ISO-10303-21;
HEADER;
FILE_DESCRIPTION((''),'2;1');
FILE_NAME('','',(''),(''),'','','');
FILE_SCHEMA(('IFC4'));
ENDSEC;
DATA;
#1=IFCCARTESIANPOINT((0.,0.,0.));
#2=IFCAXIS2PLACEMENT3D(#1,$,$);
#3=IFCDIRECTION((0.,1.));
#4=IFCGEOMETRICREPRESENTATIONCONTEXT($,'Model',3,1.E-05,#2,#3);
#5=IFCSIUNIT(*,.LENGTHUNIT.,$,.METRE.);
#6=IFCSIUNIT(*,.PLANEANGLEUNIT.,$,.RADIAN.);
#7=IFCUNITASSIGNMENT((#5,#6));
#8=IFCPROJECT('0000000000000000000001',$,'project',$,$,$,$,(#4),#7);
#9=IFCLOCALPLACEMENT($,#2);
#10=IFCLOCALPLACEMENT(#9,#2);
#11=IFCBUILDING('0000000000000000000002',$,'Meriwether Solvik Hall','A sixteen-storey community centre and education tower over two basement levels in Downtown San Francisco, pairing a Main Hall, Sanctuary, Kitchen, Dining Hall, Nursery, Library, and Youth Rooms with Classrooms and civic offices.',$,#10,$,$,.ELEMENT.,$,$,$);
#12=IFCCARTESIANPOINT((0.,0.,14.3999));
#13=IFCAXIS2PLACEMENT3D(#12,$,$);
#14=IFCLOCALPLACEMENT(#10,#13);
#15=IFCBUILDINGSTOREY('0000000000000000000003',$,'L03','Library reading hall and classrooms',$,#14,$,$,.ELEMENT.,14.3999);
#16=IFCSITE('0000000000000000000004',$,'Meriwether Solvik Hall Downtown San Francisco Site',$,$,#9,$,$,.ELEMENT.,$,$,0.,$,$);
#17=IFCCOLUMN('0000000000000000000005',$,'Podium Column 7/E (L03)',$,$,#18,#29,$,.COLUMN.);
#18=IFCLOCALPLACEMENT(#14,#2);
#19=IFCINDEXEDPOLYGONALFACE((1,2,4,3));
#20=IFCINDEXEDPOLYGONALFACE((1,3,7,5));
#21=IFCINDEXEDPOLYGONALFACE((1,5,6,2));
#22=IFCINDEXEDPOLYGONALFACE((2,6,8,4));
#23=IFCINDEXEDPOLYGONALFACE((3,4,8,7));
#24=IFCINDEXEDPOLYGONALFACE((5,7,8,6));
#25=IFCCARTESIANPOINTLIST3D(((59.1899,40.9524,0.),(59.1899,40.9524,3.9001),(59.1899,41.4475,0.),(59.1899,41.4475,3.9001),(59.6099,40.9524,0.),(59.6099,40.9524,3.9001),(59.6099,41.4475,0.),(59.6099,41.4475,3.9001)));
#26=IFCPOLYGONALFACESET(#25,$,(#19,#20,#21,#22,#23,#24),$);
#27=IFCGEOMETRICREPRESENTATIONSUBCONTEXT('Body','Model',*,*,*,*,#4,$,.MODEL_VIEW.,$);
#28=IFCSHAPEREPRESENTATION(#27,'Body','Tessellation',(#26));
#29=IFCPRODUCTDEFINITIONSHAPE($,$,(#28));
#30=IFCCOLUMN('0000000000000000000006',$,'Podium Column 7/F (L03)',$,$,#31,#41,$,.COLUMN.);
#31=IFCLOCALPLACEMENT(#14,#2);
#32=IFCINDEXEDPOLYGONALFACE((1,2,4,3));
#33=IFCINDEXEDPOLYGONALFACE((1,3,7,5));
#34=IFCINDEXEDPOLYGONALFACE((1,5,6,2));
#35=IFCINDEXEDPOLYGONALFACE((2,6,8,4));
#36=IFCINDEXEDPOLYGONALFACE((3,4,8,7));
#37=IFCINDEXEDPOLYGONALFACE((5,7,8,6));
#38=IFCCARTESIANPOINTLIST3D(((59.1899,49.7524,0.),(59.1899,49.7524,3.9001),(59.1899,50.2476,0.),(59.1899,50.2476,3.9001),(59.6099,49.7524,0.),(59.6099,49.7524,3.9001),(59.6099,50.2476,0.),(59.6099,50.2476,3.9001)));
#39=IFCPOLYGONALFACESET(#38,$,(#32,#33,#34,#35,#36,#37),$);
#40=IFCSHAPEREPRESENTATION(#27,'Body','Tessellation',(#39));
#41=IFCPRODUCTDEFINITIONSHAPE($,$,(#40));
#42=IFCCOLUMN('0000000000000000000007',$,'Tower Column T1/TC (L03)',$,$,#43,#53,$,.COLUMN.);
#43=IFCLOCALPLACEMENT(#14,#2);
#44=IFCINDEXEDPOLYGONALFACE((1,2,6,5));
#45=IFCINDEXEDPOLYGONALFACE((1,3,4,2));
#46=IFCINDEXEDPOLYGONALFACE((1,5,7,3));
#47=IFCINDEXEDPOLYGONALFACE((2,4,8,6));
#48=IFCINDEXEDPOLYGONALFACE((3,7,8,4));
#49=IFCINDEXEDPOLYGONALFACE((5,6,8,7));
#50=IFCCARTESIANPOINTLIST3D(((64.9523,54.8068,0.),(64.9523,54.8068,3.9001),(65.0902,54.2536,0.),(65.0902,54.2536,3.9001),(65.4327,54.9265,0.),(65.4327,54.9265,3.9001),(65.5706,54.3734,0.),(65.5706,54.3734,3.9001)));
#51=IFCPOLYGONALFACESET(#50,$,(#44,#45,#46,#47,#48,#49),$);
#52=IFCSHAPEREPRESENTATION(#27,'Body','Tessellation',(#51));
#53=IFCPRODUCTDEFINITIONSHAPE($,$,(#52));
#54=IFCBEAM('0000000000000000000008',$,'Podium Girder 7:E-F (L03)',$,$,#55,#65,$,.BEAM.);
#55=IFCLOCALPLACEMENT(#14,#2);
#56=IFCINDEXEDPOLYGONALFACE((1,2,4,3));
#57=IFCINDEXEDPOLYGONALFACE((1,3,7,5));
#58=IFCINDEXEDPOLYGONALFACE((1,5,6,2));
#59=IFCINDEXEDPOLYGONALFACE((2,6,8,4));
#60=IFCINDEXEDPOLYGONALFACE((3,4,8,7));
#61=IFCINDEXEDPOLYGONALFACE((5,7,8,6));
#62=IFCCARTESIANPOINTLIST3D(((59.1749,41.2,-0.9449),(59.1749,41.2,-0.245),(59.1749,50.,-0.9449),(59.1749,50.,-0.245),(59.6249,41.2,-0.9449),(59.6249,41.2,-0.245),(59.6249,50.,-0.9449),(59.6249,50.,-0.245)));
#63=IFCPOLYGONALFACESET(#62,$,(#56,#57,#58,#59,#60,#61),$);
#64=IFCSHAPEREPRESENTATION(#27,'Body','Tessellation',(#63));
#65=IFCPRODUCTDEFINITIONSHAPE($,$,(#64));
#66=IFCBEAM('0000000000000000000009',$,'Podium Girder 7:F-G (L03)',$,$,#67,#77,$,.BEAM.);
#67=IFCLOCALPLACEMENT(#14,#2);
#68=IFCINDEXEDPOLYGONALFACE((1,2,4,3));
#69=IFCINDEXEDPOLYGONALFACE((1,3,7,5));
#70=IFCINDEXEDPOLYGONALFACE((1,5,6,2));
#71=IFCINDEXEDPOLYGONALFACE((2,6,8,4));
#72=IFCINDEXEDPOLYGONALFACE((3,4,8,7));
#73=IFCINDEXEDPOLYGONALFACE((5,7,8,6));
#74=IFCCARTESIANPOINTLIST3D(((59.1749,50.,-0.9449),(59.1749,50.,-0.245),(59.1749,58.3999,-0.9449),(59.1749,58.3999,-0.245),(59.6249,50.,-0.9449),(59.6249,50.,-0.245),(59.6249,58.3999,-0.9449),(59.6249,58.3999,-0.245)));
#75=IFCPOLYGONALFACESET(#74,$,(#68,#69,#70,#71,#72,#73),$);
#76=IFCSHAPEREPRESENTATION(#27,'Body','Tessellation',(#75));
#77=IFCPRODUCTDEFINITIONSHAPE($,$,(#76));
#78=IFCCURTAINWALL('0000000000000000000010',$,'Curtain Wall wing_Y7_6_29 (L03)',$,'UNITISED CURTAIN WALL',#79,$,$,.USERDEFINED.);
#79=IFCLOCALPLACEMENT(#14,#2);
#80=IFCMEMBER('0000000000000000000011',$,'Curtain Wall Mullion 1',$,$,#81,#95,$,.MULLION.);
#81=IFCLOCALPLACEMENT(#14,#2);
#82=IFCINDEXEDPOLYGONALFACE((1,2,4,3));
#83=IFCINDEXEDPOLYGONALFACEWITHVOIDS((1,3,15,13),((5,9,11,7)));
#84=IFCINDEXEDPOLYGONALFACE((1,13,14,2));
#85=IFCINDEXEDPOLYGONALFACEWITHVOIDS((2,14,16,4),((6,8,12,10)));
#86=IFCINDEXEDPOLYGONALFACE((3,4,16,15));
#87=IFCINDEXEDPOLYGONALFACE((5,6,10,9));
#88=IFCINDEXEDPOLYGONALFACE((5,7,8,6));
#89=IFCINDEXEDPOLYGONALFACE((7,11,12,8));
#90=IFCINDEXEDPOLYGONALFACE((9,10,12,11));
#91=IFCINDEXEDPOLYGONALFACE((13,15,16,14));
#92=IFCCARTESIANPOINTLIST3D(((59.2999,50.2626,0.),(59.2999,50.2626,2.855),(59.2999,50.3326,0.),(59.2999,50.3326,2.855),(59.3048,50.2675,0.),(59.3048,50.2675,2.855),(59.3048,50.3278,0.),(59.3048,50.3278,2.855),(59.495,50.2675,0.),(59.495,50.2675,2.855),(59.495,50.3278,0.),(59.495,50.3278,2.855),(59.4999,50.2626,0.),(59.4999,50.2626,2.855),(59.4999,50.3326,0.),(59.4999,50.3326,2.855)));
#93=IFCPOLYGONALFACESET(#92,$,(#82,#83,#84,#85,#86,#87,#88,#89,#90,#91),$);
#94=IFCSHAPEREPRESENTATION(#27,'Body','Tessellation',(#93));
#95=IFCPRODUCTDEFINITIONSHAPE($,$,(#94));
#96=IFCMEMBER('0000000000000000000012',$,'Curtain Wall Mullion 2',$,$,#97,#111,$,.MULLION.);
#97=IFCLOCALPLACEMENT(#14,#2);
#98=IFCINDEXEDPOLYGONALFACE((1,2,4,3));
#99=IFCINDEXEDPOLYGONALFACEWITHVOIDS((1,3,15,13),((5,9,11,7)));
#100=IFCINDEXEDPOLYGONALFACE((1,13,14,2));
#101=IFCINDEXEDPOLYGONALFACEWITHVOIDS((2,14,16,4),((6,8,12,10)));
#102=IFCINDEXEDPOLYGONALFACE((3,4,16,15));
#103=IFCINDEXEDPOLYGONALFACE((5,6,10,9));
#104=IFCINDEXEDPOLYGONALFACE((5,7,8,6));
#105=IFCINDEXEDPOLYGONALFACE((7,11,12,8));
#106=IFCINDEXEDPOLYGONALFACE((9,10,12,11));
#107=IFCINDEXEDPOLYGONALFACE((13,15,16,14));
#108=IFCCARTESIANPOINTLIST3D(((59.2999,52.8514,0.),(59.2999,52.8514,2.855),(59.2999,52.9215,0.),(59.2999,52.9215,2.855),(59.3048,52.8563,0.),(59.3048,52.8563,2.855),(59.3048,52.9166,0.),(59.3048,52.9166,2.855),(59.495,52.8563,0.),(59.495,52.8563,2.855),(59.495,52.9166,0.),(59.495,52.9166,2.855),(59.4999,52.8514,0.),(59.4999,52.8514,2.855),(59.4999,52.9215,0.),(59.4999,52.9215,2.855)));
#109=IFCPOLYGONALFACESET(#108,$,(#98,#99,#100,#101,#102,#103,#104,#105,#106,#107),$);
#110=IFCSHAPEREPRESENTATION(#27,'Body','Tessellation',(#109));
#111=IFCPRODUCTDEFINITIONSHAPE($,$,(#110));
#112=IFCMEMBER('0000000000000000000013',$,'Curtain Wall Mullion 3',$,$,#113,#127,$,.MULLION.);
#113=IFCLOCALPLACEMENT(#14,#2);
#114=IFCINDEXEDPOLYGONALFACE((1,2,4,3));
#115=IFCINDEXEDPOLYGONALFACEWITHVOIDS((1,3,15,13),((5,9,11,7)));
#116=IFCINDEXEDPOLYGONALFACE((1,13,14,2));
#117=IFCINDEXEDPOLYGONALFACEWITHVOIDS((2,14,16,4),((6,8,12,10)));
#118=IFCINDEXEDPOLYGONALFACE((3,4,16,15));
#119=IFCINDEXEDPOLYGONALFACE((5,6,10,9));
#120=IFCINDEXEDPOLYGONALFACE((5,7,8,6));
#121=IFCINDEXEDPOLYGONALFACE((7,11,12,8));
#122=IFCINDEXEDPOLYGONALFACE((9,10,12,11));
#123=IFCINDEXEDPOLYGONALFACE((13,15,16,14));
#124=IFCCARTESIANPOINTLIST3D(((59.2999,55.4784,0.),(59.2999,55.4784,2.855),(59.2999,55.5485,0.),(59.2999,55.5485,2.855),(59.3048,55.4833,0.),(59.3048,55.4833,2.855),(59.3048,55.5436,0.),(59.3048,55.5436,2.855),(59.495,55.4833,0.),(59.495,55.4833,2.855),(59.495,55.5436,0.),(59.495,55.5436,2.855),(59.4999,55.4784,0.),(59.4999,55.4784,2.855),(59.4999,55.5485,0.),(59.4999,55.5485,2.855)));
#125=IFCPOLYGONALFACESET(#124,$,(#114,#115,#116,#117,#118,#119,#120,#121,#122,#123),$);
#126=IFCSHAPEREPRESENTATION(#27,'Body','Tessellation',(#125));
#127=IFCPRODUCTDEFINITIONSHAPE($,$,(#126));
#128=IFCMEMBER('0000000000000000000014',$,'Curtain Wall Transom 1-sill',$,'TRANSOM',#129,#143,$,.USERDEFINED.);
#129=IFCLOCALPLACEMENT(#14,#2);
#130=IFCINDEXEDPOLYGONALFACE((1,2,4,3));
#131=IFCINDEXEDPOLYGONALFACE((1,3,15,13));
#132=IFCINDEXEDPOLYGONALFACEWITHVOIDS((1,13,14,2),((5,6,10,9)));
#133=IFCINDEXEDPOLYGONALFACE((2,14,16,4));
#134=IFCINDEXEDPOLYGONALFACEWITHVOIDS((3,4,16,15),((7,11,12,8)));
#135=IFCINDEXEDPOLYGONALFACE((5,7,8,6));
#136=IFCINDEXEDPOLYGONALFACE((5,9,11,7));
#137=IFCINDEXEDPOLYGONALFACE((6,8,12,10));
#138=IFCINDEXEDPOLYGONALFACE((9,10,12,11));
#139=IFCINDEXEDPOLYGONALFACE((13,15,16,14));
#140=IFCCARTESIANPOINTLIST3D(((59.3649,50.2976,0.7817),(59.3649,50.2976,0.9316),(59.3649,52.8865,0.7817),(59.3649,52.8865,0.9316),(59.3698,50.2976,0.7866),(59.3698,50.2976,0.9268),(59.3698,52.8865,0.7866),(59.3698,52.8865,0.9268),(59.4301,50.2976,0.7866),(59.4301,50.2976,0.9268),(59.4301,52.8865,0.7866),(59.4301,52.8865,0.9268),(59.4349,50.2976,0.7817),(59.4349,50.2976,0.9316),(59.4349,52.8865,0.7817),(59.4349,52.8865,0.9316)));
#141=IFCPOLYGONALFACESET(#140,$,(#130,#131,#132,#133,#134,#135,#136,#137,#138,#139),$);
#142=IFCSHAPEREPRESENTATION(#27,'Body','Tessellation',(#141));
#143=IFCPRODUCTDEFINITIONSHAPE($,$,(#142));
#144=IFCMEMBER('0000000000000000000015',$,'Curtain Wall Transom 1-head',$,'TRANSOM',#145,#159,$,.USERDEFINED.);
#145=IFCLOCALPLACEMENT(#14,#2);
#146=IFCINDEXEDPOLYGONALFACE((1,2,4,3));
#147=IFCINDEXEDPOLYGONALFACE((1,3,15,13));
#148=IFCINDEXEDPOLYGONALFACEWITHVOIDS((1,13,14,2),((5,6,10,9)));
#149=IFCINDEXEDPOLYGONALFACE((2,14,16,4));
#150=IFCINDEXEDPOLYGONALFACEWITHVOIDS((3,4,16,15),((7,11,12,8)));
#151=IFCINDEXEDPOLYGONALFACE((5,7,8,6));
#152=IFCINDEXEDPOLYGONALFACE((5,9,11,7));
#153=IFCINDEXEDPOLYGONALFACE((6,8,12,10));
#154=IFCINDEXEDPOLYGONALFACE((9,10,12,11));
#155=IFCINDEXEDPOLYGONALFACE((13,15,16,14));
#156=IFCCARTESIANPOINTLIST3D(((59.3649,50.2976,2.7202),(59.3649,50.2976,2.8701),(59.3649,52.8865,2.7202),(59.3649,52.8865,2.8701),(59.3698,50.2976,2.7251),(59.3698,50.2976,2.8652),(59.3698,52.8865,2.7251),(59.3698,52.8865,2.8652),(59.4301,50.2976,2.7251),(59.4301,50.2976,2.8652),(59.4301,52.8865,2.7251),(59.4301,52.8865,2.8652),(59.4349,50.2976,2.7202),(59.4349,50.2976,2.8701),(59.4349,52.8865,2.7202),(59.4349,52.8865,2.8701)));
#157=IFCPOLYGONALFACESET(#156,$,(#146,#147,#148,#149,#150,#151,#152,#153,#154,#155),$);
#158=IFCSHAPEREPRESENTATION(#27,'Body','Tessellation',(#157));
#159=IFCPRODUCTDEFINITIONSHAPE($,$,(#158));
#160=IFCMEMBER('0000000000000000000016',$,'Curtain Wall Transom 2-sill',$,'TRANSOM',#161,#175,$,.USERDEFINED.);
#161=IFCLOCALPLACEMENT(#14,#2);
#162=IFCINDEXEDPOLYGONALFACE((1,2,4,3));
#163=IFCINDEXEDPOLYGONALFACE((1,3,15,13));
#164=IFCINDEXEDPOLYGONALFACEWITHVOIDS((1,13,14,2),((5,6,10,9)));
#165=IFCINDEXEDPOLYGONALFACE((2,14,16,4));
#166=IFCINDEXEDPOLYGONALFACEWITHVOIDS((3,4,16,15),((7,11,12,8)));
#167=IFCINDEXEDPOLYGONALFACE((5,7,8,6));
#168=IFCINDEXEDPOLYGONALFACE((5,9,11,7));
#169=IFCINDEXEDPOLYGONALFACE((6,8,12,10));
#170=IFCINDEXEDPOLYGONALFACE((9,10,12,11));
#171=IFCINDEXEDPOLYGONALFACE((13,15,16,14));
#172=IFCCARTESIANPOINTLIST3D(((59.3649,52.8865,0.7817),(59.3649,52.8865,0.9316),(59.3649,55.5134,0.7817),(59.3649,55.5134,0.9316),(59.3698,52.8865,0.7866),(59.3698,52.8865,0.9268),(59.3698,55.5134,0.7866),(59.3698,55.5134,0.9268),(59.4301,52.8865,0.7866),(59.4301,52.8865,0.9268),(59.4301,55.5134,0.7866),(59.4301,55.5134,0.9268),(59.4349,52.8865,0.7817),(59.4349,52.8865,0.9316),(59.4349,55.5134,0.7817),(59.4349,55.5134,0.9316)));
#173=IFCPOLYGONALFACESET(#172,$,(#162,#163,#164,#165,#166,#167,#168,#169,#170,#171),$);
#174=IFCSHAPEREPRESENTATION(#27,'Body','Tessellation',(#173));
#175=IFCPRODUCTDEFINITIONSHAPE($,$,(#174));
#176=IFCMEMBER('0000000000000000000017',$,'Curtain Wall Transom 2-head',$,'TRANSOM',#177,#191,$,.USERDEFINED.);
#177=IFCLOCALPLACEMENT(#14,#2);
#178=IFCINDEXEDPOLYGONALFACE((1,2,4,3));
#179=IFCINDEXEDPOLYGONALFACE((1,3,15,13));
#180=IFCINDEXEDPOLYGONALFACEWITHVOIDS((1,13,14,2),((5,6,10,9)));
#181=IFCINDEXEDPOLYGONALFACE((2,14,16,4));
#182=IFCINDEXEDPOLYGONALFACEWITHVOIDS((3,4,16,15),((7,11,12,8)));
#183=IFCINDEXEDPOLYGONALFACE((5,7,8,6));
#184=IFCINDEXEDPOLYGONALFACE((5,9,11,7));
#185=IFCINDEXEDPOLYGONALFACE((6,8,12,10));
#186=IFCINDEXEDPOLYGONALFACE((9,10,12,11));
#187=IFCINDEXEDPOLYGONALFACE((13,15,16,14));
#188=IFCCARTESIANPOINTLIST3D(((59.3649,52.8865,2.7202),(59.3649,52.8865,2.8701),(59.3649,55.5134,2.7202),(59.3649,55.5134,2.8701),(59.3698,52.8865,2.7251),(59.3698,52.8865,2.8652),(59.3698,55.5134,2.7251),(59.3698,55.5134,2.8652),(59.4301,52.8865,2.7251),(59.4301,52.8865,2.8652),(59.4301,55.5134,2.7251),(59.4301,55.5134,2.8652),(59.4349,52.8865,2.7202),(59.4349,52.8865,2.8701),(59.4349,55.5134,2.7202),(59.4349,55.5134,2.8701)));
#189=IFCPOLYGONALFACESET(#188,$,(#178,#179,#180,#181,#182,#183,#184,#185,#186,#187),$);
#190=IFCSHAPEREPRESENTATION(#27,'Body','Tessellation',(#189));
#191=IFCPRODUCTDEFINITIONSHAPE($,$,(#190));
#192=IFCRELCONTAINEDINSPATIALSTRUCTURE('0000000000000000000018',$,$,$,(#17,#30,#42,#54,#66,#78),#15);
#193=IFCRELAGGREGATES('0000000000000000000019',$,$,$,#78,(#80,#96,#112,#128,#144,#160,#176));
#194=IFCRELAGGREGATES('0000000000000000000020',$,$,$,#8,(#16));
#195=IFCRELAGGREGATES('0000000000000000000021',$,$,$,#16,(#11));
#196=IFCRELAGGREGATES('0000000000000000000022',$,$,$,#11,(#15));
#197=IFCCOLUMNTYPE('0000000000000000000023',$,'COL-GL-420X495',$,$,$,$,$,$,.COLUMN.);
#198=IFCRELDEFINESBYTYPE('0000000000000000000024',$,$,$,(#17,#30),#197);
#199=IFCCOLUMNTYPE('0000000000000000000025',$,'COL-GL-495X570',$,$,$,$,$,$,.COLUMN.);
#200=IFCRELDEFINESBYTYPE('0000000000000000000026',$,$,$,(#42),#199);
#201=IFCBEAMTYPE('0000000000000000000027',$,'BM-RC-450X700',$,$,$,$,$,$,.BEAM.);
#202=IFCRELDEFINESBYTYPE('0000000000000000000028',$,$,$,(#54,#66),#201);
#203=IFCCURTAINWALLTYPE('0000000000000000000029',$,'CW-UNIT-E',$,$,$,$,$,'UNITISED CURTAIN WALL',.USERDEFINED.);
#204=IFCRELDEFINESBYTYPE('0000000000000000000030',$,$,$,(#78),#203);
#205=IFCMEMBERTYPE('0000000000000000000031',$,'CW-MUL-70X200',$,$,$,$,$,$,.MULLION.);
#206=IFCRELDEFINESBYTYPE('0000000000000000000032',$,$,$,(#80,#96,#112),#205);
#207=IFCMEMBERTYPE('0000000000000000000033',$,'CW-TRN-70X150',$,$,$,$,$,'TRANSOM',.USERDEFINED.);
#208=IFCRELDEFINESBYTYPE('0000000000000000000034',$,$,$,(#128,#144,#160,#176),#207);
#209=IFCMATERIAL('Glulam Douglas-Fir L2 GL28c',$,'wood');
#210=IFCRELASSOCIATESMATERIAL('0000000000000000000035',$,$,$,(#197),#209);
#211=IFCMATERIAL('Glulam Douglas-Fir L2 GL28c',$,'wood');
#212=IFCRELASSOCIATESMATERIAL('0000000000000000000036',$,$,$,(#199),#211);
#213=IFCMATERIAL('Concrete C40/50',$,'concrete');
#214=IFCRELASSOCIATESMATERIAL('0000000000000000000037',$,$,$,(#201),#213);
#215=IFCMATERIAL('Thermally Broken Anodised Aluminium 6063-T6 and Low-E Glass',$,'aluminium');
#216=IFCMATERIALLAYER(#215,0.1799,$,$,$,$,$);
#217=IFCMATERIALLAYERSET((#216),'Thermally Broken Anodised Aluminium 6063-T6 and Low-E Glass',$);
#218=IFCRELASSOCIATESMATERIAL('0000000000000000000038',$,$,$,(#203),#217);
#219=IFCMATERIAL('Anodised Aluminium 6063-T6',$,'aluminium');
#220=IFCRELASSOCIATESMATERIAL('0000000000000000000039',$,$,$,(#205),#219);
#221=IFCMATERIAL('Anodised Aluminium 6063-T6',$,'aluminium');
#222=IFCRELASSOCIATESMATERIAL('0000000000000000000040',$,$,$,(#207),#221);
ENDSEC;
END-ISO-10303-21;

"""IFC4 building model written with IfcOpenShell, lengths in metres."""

from ifc_helpers import new_model, si_unit, direction, frame, origin, origin_2d, place, context, subcontext, project, spatial, rectangle, hollow_rectangle, extrude, material, layer, layer_set, material_profile, profile_set, type_object, element, aggregate, save


model = new_model("IFC4")

# Units and contexts
model_context = context("Model", 3, precision=1e-05, world=origin(), true_north=direction((0.0, 1.0)))
body_context = subcontext(model_context, "Body", "Model", "MODEL_VIEW")
ifc_project = project(units=[si_unit("LENGTHUNIT", "METRE"), si_unit("PLANEANGLEUNIT", "RADIAN")], contexts=[model_context])

# Site, building, storey
site_placement = place(None, origin())
site = spatial("IfcSite", under=ifc_project, at=site_placement, Name="Meriwether Solvik Hall Downtown San Francisco Site", CompositionType="ELEMENT", RefElevation=0.0)
building_placement = place(site_placement, origin())
building = spatial("IfcBuilding", under=site, at=building_placement, Name="Meriwether Solvik Hall", Description="A sixteen-storey community centre and education tower over two basement levels in Downtown San Francisco, pairing a Main Hall, Sanctuary, Kitchen, Dining Hall, Nursery, Library, and Youth Rooms with Classrooms and civic offices.", CompositionType="ELEMENT")
storey_placement = place(building_placement, frame((0.0, 0.0, 14.3999)))
storey = spatial("IfcBuildingStorey", under=building, at=storey_placement, Name="L03", Description="Library reading hall and classrooms", CompositionType="ELEMENT", Elevation=14.3999)

# Columns
ifc_material_1 = material(Name="Glulam Douglas-Fir L2 GL28c", Category="wood")
ifc_material_profile_1 = material_profile(ifc_material_1, rectangle(XDim=0.4199, YDim=0.4951, at=origin_2d()), Name="GLC-420X495")
ifc_profile_set_1 = profile_set([ifc_material_profile_1], Name="Glulam Douglas-Fir L2 GL28c")
column_type_1 = type_object("IfcColumnType", Name="COL-GL-420X495", PredefinedType="COLUMN", material=ifc_profile_set_1)
for number, where, z_axis, x_axis, name in (
    (1, (59.3999, 41.2, 0.0), (0.0, 0.0, 1.0), (1.0, 0.0, 0.0), "Podium Column 7/E (L03)"),
    (2, (59.3999, 50.0, 0.0), (0.0, 0.0, 1.0), (1.0, 0.0, 0.0), "Podium Column 7/F (L03)"),
):
    element("IfcColumn", number, at=place(storey_placement, frame(where, z_axis=z_axis, x_axis=x_axis)), inside=storey, type_object=column_type_1, Name=name, PredefinedType="COLUMN", context=body_context, shape_type="SweptSolid", body=[
        extrude(rectangle(XDim=0.4199, YDim=0.4951, at=origin_2d()), origin(), (0.0, 0.0, 1.0), 3.9001),
    ])
ifc_material_2 = material(Name="Glulam Douglas-Fir L2 GL28c", Category="wood")
ifc_material_profile_2 = material_profile(ifc_material_2, rectangle(XDim=0.4951, YDim=0.5701, at=origin_2d()), Name="GLC-495X570")
ifc_profile_set_2 = profile_set([ifc_material_profile_2], Name="Glulam Douglas-Fir L2 GL28c")
column_type_2 = type_object("IfcColumnType", Name="COL-GL-495X570", PredefinedType="COLUMN", material=ifc_profile_set_2)
column_placement = place(storey_placement, frame((65.2615, 54.5901, 0.0), z_axis=(0.0, 0.0, 1.0), x_axis=(0.970296, 0.241922, 0.0)))
element("IfcColumn", 3, at=column_placement, inside=storey, type_object=column_type_2, Name="Tower Column T1/TC (L03)", PredefinedType="COLUMN", context=body_context, shape_type="SweptSolid", body=[
    extrude(rectangle(XDim=0.4951, YDim=0.5701, at=origin_2d()), origin(), (0.0, 0.0, 1.0), 3.9001),
])

# Beams
ifc_material_3 = material(Name="Concrete C40/50", Category="concrete")
ifc_material_profile_3 = material_profile(ifc_material_3, rectangle(XDim=0.45, YDim=0.7, at=origin_2d()), Name="RCB-450X700")
ifc_profile_set_3 = profile_set([ifc_material_profile_3], Name="Concrete C40/50")
beam_type = type_object("IfcBeamType", Name="BM-RC-450X700", PredefinedType="BEAM", material=ifc_profile_set_3)
beam_1_placement = place(storey_placement, frame((59.3999, 41.2, -0.595), z_axis=(0.0, 1.0, 0.0), x_axis=(-1.0, 0.0, 0.0)))
element("IfcBeam", 4, at=beam_1_placement, inside=storey, type_object=beam_type, Name="Podium Girder 7:E-F (L03)", PredefinedType="BEAM", context=body_context, shape_type="SweptSolid", body=[
    extrude(rectangle(XDim=0.45, YDim=0.7, at=origin_2d()), origin(), (0.0, 0.0, 1.0), 8.8),
])
beam_2_placement = place(storey_placement, frame((59.3999, 50.0, -0.595), z_axis=(0.0, 1.0, 0.0), x_axis=(-1.0, 0.0, 0.0)))
element("IfcBeam", 5, at=beam_2_placement, inside=storey, type_object=beam_type, Name="Podium Girder 7:F-G (L03)", PredefinedType="BEAM", context=body_context, shape_type="SweptSolid", body=[
    extrude(rectangle(XDim=0.45, YDim=0.7, at=origin_2d()), origin(), (0.0, 0.0, 1.0), 8.3999),
])

# Curtain wall, members
ifc_material_4 = material(Name="Thermally Broken Anodised Aluminium 6063-T6 and Low-E Glass", Category="aluminium")
ifc_layer_1 = layer(ifc_material_4, 0.1799)
ifc_layer_set_1 = layer_set([ifc_layer_1], Name="Thermally Broken Anodised Aluminium 6063-T6 and Low-E Glass")
curtain_wall_type = type_object("IfcCurtainWallType", Name="CW-UNIT-E", ElementType="UNITISED CURTAIN WALL", PredefinedType="USERDEFINED", material=ifc_layer_set_1)
curtain_wall_placement = place(storey_placement, origin())
curtain_wall = element("IfcCurtainWall", 6, at=curtain_wall_placement, inside=storey, type_object=curtain_wall_type, Name="Curtain Wall wing_Y7_6_29 (L03)", ObjectType="UNITISED CURTAIN WALL", PredefinedType="USERDEFINED")
ifc_material_5 = material(Name="Anodised Aluminium 6063-T6", Category="aluminium")
ifc_material_profile_4 = material_profile(ifc_material_5, hollow_rectangle(XDim=0.0701, YDim=0.2, WallThickness=0.0049, at=origin_2d()), Name="CWM-70X200")
ifc_profile_set_4 = profile_set([ifc_material_profile_4], Name="Anodised Aluminium 6063-T6")
member_type_1 = type_object("IfcMemberType", Name="CW-MUL-70X200", PredefinedType="MULLION", material=ifc_profile_set_4)
member_1_placement = place(storey_placement, frame((59.3999, 50.2976, 0.0), z_axis=(0.0, 0.0, 1.0), x_axis=(0.0, 1.0, 0.0)))
member_1 = element("IfcMember", 7, at=member_1_placement, type_object=member_type_1, Name="Curtain Wall Mullion 1", PredefinedType="MULLION", context=body_context, shape_type="SweptSolid", body=[
    extrude(hollow_rectangle(XDim=0.0701, YDim=0.2, WallThickness=0.0049, at=origin_2d()), origin(), (0.0, 0.0, 1.0), 2.855),
])
member_2_placement = place(storey_placement, frame((59.3999, 52.8865, 0.0), z_axis=(0.0, 0.0, 1.0), x_axis=(0.0, 1.0, 0.0)))
member_2 = element("IfcMember", 8, at=member_2_placement, type_object=member_type_1, Name="Curtain Wall Mullion 2", PredefinedType="MULLION", context=body_context, shape_type="SweptSolid", body=[
    extrude(hollow_rectangle(XDim=0.0701, YDim=0.2, WallThickness=0.0049, at=origin_2d()), origin(), (0.0, 0.0, 1.0), 2.855),
])
member_3_placement = place(storey_placement, frame((59.3999, 55.5134, 0.0), z_axis=(0.0, 0.0, 1.0), x_axis=(0.0, 1.0, 0.0)))
member_3 = element("IfcMember", 9, at=member_3_placement, type_object=member_type_1, Name="Curtain Wall Mullion 3", PredefinedType="MULLION", context=body_context, shape_type="SweptSolid", body=[
    extrude(hollow_rectangle(XDim=0.0701, YDim=0.2, WallThickness=0.0049, at=origin_2d()), origin(), (0.0, 0.0, 1.0), 2.855),
])
ifc_material_6 = material(Name="Anodised Aluminium 6063-T6", Category="aluminium")
ifc_material_profile_5 = material_profile(ifc_material_6, hollow_rectangle(XDim=0.0701, YDim=0.1499, WallThickness=0.0049, at=origin_2d()), Name="CWT-70X150")
ifc_profile_set_5 = profile_set([ifc_material_profile_5], Name="Anodised Aluminium 6063-T6")
member_type_2 = type_object("IfcMemberType", Name="CW-TRN-70X150", ElementType="TRANSOM", PredefinedType="USERDEFINED", material=ifc_profile_set_5)
member_4_placement = place(storey_placement, frame((59.3999, 50.2976, 0.8567), z_axis=(0.0, 1.0, 0.0), x_axis=(-1.0, 0.0, 0.0)))
member_4 = element("IfcMember", 10, at=member_4_placement, type_object=member_type_2, Name="Curtain Wall Transom 1-sill", ObjectType="TRANSOM", PredefinedType="USERDEFINED", context=body_context, shape_type="SweptSolid", body=[
    extrude(hollow_rectangle(XDim=0.0701, YDim=0.1499, WallThickness=0.0049, at=origin_2d()), origin(), (0.0, 0.0, 1.0), 2.5889),
])
member_5_placement = place(storey_placement, frame((59.3999, 50.2976, 2.7952), z_axis=(0.0, 1.0, 0.0), x_axis=(-1.0, 0.0, 0.0)))
member_5 = element("IfcMember", 11, at=member_5_placement, type_object=member_type_2, Name="Curtain Wall Transom 1-head", ObjectType="TRANSOM", PredefinedType="USERDEFINED", context=body_context, shape_type="SweptSolid", body=[
    extrude(hollow_rectangle(XDim=0.0701, YDim=0.1499, WallThickness=0.0049, at=origin_2d()), origin(), (0.0, 0.0, 1.0), 2.5889),
])
member_6_placement = place(storey_placement, frame((59.3999, 52.8865, 0.8567), z_axis=(0.0, 1.0, 0.0), x_axis=(-1.0, 0.0, 0.0)))
member_6 = element("IfcMember", 12, at=member_6_placement, type_object=member_type_2, Name="Curtain Wall Transom 2-sill", ObjectType="TRANSOM", PredefinedType="USERDEFINED", context=body_context, shape_type="SweptSolid", body=[
    extrude(hollow_rectangle(XDim=0.0701, YDim=0.1499, WallThickness=0.0049, at=origin_2d()), origin(), (0.0, 0.0, 1.0), 2.627),
])
member_7_placement = place(storey_placement, frame((59.3999, 52.8865, 2.7952), z_axis=(0.0, 1.0, 0.0), x_axis=(-1.0, 0.0, 0.0)))
member_7 = element("IfcMember", 13, at=member_7_placement, type_object=member_type_2, Name="Curtain Wall Transom 2-head", ObjectType="TRANSOM", PredefinedType="USERDEFINED", context=body_context, shape_type="SweptSolid", body=[
    extrude(hollow_rectangle(XDim=0.0701, YDim=0.1499, WallThickness=0.0049, at=origin_2d()), origin(), (0.0, 0.0, 1.0), 2.627),
])
aggregate(curtain_wall, [member_1, member_2, member_3, member_4, member_5, member_6, member_7])

save(model, "model.ifc")
